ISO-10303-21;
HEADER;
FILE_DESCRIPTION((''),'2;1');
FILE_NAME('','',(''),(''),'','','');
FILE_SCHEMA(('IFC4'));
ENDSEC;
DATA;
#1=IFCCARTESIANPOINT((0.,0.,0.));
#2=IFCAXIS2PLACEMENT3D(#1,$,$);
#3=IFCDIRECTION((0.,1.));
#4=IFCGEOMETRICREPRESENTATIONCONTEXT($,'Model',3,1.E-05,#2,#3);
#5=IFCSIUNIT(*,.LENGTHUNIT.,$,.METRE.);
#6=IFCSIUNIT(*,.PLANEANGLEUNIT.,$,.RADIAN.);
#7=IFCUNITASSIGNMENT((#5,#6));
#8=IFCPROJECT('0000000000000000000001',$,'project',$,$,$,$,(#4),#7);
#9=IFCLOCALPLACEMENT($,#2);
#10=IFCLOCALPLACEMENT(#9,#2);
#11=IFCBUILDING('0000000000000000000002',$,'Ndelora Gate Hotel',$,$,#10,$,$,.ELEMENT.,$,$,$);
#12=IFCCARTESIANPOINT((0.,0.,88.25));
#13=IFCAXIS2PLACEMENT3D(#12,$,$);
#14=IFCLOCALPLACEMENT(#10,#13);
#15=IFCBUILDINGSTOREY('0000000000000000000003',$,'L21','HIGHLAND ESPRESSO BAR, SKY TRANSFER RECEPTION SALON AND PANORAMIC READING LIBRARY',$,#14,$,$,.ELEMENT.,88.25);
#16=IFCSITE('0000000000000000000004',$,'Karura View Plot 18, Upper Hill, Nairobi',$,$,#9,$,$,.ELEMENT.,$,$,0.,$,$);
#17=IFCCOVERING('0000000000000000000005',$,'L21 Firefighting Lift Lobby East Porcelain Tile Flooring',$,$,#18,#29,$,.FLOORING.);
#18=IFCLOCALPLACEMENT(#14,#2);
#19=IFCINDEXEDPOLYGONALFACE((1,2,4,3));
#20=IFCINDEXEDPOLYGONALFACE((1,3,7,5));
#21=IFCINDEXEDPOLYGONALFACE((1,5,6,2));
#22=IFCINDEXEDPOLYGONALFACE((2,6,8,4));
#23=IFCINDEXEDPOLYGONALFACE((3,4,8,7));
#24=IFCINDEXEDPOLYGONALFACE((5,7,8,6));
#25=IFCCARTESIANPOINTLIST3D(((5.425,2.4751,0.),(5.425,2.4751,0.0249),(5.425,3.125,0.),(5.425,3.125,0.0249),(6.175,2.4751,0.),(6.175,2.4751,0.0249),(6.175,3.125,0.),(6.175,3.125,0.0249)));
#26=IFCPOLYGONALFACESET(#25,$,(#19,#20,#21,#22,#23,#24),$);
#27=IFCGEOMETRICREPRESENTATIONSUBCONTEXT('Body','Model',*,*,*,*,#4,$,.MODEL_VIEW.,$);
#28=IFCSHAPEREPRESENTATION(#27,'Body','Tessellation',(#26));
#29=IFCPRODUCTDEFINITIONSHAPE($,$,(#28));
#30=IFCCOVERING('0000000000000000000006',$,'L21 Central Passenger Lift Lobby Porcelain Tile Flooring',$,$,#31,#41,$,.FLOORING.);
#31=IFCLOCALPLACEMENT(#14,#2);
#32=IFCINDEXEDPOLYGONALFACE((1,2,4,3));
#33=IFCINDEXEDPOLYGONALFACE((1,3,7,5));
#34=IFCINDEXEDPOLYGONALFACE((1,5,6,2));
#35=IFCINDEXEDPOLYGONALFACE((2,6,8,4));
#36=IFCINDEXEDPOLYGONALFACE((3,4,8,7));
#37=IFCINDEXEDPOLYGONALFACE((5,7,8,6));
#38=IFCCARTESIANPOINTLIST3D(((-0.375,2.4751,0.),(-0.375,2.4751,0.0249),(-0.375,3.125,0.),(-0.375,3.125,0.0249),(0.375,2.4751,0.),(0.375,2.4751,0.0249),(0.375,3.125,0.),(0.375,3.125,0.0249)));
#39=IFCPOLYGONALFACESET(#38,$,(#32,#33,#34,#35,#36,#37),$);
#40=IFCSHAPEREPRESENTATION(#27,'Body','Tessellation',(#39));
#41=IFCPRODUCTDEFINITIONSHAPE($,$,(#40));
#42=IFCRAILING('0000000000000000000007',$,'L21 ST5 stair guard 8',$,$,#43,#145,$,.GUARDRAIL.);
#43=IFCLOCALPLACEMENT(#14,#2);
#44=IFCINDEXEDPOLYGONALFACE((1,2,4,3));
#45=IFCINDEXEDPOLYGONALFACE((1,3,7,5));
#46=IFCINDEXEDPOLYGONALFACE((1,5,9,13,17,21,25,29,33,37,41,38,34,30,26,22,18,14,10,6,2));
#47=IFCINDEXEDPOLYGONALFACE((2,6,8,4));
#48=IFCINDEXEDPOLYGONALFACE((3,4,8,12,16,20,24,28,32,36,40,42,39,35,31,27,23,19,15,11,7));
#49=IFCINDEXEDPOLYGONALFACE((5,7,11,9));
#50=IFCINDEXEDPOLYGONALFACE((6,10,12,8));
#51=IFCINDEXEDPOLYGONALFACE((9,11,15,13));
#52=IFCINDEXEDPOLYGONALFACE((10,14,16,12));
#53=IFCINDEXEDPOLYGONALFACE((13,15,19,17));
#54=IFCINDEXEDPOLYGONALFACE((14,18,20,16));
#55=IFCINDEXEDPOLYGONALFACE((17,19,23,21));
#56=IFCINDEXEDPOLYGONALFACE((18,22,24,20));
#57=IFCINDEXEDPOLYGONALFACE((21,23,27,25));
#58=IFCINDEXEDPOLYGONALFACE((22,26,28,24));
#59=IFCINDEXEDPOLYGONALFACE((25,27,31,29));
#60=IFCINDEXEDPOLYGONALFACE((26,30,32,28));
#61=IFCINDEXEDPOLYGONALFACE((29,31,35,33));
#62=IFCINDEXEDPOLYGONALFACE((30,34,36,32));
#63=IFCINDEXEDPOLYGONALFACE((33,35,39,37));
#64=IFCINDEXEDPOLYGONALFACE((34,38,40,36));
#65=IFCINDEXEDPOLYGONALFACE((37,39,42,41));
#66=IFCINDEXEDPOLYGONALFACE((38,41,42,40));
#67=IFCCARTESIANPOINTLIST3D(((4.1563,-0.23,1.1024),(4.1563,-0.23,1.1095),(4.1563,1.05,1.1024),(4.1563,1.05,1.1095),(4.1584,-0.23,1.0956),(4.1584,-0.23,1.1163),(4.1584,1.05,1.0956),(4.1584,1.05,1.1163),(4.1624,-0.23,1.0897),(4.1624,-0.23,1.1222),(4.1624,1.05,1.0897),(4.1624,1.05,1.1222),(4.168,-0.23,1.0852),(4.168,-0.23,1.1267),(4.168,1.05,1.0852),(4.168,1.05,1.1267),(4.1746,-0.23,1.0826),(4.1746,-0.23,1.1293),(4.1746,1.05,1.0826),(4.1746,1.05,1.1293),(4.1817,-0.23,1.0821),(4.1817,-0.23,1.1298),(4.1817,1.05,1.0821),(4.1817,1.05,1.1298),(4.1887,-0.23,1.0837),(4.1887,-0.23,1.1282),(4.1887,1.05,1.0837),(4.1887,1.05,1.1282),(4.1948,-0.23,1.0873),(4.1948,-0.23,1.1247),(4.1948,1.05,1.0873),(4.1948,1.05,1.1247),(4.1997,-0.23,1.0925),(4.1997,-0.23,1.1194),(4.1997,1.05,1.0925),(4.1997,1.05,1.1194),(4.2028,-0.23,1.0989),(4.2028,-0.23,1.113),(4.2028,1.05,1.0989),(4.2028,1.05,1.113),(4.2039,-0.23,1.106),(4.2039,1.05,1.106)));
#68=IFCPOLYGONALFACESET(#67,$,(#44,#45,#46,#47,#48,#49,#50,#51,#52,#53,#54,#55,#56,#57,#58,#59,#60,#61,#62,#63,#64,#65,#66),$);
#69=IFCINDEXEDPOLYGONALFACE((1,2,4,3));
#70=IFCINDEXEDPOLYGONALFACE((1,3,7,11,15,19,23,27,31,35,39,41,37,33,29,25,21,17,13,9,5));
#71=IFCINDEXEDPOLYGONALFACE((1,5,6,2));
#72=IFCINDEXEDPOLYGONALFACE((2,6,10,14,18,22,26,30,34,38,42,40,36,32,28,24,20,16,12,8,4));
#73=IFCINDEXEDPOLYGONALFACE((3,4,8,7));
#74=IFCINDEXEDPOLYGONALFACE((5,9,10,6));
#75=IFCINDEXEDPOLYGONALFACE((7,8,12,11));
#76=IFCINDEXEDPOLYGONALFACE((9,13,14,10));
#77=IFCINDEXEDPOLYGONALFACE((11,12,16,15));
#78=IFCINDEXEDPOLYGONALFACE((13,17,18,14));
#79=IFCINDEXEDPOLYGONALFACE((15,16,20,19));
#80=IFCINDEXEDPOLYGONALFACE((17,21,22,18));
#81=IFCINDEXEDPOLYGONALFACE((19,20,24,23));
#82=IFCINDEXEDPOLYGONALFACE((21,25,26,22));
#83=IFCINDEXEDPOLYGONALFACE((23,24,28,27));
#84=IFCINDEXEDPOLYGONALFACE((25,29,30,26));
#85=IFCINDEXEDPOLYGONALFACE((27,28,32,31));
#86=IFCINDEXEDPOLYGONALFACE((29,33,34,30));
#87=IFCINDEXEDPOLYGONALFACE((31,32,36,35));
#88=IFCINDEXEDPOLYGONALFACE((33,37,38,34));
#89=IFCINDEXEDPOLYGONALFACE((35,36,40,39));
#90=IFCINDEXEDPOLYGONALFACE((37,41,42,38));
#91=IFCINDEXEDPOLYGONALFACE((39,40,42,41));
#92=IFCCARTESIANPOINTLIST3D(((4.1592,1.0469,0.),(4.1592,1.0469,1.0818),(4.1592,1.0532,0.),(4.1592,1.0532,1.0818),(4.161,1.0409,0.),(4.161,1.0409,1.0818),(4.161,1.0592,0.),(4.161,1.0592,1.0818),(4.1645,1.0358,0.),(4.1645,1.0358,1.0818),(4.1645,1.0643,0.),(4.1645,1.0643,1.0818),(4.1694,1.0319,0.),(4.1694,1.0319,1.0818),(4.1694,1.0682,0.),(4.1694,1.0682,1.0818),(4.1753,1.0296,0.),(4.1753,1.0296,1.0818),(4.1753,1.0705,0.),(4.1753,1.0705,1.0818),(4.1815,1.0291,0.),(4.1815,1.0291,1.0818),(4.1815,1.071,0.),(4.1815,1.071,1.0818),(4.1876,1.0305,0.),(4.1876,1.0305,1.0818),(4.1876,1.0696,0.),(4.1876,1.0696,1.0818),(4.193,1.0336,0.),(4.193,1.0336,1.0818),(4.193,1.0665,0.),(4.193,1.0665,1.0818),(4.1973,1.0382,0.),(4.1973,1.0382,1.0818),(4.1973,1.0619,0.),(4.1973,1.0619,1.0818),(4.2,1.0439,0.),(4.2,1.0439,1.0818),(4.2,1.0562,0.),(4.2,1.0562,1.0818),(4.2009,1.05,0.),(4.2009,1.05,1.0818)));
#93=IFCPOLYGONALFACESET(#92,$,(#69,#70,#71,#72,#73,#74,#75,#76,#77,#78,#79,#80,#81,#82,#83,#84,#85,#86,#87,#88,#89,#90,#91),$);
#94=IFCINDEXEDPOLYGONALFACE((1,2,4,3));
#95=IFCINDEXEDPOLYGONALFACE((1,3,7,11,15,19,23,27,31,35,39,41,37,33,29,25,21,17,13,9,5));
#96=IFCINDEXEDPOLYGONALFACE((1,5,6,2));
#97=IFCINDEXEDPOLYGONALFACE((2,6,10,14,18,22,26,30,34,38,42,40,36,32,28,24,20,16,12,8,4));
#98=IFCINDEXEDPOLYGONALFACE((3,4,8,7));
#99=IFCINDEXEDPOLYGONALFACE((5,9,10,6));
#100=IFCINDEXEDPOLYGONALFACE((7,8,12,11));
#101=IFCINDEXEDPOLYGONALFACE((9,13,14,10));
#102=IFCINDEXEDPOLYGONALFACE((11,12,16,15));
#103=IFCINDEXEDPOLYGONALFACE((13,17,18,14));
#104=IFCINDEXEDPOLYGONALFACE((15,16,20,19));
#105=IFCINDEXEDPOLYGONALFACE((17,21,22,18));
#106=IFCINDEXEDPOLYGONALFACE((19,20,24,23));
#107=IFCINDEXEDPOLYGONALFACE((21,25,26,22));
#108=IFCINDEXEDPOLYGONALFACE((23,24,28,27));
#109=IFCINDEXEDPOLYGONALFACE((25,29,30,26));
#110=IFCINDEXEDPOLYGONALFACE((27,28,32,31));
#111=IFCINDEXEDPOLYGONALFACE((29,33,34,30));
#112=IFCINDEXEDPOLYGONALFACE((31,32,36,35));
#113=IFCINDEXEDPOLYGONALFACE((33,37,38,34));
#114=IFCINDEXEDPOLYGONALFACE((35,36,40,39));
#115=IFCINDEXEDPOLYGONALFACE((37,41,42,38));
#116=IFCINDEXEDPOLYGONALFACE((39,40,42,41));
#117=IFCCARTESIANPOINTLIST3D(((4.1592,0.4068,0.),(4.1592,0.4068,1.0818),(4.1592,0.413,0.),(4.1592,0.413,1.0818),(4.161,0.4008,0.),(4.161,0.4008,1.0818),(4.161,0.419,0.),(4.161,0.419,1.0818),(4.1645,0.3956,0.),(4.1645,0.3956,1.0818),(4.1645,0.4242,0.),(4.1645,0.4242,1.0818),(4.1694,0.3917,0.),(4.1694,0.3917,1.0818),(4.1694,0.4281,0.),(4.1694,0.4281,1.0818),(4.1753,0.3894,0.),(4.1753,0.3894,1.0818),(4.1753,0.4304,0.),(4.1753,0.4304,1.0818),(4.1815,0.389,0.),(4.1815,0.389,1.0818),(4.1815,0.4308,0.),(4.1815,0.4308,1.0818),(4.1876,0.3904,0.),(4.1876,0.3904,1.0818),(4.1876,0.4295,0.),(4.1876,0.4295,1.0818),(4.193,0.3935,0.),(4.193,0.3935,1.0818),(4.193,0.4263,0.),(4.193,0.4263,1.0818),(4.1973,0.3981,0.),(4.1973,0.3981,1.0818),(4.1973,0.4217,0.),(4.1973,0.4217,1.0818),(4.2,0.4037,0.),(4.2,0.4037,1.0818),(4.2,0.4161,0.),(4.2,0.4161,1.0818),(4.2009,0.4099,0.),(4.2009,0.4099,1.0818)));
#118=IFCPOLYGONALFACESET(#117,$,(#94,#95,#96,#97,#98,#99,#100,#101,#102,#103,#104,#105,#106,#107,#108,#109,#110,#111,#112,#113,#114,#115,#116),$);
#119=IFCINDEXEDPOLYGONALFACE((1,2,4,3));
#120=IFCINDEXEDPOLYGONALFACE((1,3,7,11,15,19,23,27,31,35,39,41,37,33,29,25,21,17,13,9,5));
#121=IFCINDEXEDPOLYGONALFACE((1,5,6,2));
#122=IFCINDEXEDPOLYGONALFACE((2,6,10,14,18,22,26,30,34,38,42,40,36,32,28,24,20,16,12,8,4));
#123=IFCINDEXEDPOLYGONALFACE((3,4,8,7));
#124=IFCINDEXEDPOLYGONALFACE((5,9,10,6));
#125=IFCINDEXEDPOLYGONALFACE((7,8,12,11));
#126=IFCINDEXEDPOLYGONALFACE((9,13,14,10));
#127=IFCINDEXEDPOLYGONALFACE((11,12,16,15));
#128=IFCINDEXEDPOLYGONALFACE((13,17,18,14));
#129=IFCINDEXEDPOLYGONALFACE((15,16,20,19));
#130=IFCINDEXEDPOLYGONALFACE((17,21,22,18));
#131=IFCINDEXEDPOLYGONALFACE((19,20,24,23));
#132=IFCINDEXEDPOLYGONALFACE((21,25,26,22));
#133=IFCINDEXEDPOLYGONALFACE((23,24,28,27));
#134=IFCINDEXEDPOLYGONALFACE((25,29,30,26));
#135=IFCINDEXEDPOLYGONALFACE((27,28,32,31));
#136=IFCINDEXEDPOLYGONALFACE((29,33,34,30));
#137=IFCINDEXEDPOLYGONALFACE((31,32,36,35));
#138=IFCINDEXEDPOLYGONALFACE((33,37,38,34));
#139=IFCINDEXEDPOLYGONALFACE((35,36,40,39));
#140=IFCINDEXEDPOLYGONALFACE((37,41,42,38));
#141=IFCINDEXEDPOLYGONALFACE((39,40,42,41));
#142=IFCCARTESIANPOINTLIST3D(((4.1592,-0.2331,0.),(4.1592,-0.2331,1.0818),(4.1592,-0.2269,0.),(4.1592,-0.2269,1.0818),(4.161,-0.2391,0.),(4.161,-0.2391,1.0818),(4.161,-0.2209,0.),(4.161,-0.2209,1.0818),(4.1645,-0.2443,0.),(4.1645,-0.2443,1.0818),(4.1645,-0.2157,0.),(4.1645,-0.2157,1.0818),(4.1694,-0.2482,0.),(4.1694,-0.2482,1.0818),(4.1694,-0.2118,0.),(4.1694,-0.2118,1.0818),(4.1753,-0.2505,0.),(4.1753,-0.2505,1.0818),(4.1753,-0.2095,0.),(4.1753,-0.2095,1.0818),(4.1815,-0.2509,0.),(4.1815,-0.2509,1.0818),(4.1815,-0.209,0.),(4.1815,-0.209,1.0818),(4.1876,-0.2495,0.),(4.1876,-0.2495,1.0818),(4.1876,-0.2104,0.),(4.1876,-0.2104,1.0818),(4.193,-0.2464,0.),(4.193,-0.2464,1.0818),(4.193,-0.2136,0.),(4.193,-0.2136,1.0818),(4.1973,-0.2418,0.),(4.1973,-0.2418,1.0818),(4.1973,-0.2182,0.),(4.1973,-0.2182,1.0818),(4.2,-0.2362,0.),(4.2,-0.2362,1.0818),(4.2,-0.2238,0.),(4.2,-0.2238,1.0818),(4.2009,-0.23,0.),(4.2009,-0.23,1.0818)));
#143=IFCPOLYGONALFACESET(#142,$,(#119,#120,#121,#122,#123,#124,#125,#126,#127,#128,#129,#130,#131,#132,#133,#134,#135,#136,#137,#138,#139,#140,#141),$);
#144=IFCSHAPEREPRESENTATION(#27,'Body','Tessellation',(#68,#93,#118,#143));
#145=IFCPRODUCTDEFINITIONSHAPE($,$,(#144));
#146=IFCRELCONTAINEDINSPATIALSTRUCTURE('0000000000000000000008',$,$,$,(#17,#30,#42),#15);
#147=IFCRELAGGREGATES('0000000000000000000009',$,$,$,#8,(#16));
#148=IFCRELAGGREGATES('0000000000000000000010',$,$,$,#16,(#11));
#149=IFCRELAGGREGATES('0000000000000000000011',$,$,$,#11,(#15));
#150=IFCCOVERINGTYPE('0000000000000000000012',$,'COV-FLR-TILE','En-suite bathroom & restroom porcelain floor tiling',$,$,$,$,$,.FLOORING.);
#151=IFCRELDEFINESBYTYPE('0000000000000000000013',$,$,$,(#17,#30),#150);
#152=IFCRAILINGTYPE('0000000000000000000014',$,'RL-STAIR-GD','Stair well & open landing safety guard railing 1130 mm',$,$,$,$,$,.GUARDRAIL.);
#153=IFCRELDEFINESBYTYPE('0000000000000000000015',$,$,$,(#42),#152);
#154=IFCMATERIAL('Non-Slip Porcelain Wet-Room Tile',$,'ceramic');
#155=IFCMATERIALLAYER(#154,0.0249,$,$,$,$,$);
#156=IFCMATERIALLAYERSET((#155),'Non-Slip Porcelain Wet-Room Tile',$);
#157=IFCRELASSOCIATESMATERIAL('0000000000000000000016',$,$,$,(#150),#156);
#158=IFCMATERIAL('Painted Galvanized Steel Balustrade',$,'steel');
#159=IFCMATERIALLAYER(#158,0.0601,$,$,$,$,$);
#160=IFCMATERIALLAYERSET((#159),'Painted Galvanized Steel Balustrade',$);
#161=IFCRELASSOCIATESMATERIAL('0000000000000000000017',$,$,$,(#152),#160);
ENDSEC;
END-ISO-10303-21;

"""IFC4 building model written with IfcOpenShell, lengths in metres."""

from ifc_helpers import new_model, si_unit, direction, frame, origin, origin_2d, place, context, subcontext, project, spatial, rectangle, circle, extrude, material, layer, layer_set, type_object, element, save


model = new_model("IFC4")

# Units and contexts
model_context = context("Model", 3, precision=1e-05, world=origin(), true_north=direction((0.0, 1.0)))
body_context = subcontext(model_context, "Body", "Model", "MODEL_VIEW")
ifc_project = project(units=[si_unit("LENGTHUNIT", "METRE"), si_unit("PLANEANGLEUNIT", "RADIAN")], contexts=[model_context])

# Site, building, storey
site_placement = place(None, origin())
site = spatial("IfcSite", under=ifc_project, at=site_placement, Name="Karura View Plot 18, Upper Hill, Nairobi", CompositionType="ELEMENT", RefElevation=0.0)
building_placement = place(site_placement, origin())
building = spatial("IfcBuilding", under=site, at=building_placement, Name="Ndelora Gate Hotel", CompositionType="ELEMENT")
storey_placement = place(building_placement, frame((0.0, 0.0, 88.25)))
storey = spatial("IfcBuildingStorey", under=building, at=storey_placement, Name="L21", Description="HIGHLAND ESPRESSO BAR, SKY TRANSFER RECEPTION SALON AND PANORAMIC READING LIBRARY", CompositionType="ELEMENT", Elevation=88.25)

# Coverings
ifc_material_1 = material(Name="Non-Slip Porcelain Wet-Room Tile", Category="ceramic")
ifc_layer_1 = layer(ifc_material_1, 0.0249)
ifc_layer_set_1 = layer_set([ifc_layer_1], Name="Non-Slip Porcelain Wet-Room Tile")
covering_type_1 = type_object("IfcCoveringType", Name="COV-FLR-TILE", Description="En-suite bathroom & restroom porcelain floor tiling", PredefinedType="FLOORING", material=ifc_layer_set_1)
for number, where, z_axis, x_axis, name in (
    (1, (5.8, 2.8, 0.0), (0.0, 0.0, 1.0), (1.0, 0.0, 0.0), "L21 Firefighting Lift Lobby East Porcelain Tile Flooring"),
    (2, (0.0, 2.8, 0.0), (0.0, 0.0, 1.0), (1.0, 0.0, 0.0), "L21 Central Passenger Lift Lobby Porcelain Tile Flooring"),
):
    element("IfcCovering", number, at=place(storey_placement, frame(where, z_axis=z_axis, x_axis=x_axis)), inside=storey, type_object=covering_type_1, Name=name, PredefinedType="FLOORING", context=body_context, shape_type="SweptSolid", body=[
        extrude(rectangle(XDim=0.75, YDim=0.6499, at=origin_2d()), origin(), (0.0, 0.0, 1.0), 0.0249),
    ])

# Railing
ifc_material_2 = material(Name="Painted Galvanized Steel Balustrade", Category="steel")
ifc_layer_2 = layer(ifc_material_2, 0.0601)
ifc_layer_set_2 = layer_set([ifc_layer_2], Name="Painted Galvanized Steel Balustrade")
railing_type = type_object("IfcRailingType", Name="RL-STAIR-GD", Description="Stair well & open landing safety guard railing 1130 mm", PredefinedType="GUARDRAIL", material=ifc_layer_set_2)
for number, where, name in (
    (3, (4.1799, 1.05, 0.0), "L21 ST5 stair guard 8"),
):
    element("IfcRailing", number, at=place(storey_placement, frame(where)), inside=storey, type_object=railing_type, Name=name, PredefinedType="GUARDRAIL", context=body_context, shape_type="SweptSolid", body=[
        extrude(circle(Radius=0.0239, at=origin_2d()), frame((0.0, 0.0, 1.106), z_axis=(0.0, -1.0, 0.0), x_axis=(1.0, 0.0, 0.0)), (0.0, 0.0, 1.0), 1.28),
        extrude(circle(Radius=0.021, at=origin_2d()), origin(), (0.0, 0.0, 1.0), 1.0818),
        extrude(circle(Radius=0.021, at=origin_2d()), frame((0.0, -0.6401, 0.0)), (0.0, 0.0, 1.0), 1.0818),
        extrude(circle(Radius=0.021, at=origin_2d()), frame((0.0, -1.28, 0.0)), (0.0, 0.0, 1.0), 1.0818),
    ])

save(model, "model.ifc")
